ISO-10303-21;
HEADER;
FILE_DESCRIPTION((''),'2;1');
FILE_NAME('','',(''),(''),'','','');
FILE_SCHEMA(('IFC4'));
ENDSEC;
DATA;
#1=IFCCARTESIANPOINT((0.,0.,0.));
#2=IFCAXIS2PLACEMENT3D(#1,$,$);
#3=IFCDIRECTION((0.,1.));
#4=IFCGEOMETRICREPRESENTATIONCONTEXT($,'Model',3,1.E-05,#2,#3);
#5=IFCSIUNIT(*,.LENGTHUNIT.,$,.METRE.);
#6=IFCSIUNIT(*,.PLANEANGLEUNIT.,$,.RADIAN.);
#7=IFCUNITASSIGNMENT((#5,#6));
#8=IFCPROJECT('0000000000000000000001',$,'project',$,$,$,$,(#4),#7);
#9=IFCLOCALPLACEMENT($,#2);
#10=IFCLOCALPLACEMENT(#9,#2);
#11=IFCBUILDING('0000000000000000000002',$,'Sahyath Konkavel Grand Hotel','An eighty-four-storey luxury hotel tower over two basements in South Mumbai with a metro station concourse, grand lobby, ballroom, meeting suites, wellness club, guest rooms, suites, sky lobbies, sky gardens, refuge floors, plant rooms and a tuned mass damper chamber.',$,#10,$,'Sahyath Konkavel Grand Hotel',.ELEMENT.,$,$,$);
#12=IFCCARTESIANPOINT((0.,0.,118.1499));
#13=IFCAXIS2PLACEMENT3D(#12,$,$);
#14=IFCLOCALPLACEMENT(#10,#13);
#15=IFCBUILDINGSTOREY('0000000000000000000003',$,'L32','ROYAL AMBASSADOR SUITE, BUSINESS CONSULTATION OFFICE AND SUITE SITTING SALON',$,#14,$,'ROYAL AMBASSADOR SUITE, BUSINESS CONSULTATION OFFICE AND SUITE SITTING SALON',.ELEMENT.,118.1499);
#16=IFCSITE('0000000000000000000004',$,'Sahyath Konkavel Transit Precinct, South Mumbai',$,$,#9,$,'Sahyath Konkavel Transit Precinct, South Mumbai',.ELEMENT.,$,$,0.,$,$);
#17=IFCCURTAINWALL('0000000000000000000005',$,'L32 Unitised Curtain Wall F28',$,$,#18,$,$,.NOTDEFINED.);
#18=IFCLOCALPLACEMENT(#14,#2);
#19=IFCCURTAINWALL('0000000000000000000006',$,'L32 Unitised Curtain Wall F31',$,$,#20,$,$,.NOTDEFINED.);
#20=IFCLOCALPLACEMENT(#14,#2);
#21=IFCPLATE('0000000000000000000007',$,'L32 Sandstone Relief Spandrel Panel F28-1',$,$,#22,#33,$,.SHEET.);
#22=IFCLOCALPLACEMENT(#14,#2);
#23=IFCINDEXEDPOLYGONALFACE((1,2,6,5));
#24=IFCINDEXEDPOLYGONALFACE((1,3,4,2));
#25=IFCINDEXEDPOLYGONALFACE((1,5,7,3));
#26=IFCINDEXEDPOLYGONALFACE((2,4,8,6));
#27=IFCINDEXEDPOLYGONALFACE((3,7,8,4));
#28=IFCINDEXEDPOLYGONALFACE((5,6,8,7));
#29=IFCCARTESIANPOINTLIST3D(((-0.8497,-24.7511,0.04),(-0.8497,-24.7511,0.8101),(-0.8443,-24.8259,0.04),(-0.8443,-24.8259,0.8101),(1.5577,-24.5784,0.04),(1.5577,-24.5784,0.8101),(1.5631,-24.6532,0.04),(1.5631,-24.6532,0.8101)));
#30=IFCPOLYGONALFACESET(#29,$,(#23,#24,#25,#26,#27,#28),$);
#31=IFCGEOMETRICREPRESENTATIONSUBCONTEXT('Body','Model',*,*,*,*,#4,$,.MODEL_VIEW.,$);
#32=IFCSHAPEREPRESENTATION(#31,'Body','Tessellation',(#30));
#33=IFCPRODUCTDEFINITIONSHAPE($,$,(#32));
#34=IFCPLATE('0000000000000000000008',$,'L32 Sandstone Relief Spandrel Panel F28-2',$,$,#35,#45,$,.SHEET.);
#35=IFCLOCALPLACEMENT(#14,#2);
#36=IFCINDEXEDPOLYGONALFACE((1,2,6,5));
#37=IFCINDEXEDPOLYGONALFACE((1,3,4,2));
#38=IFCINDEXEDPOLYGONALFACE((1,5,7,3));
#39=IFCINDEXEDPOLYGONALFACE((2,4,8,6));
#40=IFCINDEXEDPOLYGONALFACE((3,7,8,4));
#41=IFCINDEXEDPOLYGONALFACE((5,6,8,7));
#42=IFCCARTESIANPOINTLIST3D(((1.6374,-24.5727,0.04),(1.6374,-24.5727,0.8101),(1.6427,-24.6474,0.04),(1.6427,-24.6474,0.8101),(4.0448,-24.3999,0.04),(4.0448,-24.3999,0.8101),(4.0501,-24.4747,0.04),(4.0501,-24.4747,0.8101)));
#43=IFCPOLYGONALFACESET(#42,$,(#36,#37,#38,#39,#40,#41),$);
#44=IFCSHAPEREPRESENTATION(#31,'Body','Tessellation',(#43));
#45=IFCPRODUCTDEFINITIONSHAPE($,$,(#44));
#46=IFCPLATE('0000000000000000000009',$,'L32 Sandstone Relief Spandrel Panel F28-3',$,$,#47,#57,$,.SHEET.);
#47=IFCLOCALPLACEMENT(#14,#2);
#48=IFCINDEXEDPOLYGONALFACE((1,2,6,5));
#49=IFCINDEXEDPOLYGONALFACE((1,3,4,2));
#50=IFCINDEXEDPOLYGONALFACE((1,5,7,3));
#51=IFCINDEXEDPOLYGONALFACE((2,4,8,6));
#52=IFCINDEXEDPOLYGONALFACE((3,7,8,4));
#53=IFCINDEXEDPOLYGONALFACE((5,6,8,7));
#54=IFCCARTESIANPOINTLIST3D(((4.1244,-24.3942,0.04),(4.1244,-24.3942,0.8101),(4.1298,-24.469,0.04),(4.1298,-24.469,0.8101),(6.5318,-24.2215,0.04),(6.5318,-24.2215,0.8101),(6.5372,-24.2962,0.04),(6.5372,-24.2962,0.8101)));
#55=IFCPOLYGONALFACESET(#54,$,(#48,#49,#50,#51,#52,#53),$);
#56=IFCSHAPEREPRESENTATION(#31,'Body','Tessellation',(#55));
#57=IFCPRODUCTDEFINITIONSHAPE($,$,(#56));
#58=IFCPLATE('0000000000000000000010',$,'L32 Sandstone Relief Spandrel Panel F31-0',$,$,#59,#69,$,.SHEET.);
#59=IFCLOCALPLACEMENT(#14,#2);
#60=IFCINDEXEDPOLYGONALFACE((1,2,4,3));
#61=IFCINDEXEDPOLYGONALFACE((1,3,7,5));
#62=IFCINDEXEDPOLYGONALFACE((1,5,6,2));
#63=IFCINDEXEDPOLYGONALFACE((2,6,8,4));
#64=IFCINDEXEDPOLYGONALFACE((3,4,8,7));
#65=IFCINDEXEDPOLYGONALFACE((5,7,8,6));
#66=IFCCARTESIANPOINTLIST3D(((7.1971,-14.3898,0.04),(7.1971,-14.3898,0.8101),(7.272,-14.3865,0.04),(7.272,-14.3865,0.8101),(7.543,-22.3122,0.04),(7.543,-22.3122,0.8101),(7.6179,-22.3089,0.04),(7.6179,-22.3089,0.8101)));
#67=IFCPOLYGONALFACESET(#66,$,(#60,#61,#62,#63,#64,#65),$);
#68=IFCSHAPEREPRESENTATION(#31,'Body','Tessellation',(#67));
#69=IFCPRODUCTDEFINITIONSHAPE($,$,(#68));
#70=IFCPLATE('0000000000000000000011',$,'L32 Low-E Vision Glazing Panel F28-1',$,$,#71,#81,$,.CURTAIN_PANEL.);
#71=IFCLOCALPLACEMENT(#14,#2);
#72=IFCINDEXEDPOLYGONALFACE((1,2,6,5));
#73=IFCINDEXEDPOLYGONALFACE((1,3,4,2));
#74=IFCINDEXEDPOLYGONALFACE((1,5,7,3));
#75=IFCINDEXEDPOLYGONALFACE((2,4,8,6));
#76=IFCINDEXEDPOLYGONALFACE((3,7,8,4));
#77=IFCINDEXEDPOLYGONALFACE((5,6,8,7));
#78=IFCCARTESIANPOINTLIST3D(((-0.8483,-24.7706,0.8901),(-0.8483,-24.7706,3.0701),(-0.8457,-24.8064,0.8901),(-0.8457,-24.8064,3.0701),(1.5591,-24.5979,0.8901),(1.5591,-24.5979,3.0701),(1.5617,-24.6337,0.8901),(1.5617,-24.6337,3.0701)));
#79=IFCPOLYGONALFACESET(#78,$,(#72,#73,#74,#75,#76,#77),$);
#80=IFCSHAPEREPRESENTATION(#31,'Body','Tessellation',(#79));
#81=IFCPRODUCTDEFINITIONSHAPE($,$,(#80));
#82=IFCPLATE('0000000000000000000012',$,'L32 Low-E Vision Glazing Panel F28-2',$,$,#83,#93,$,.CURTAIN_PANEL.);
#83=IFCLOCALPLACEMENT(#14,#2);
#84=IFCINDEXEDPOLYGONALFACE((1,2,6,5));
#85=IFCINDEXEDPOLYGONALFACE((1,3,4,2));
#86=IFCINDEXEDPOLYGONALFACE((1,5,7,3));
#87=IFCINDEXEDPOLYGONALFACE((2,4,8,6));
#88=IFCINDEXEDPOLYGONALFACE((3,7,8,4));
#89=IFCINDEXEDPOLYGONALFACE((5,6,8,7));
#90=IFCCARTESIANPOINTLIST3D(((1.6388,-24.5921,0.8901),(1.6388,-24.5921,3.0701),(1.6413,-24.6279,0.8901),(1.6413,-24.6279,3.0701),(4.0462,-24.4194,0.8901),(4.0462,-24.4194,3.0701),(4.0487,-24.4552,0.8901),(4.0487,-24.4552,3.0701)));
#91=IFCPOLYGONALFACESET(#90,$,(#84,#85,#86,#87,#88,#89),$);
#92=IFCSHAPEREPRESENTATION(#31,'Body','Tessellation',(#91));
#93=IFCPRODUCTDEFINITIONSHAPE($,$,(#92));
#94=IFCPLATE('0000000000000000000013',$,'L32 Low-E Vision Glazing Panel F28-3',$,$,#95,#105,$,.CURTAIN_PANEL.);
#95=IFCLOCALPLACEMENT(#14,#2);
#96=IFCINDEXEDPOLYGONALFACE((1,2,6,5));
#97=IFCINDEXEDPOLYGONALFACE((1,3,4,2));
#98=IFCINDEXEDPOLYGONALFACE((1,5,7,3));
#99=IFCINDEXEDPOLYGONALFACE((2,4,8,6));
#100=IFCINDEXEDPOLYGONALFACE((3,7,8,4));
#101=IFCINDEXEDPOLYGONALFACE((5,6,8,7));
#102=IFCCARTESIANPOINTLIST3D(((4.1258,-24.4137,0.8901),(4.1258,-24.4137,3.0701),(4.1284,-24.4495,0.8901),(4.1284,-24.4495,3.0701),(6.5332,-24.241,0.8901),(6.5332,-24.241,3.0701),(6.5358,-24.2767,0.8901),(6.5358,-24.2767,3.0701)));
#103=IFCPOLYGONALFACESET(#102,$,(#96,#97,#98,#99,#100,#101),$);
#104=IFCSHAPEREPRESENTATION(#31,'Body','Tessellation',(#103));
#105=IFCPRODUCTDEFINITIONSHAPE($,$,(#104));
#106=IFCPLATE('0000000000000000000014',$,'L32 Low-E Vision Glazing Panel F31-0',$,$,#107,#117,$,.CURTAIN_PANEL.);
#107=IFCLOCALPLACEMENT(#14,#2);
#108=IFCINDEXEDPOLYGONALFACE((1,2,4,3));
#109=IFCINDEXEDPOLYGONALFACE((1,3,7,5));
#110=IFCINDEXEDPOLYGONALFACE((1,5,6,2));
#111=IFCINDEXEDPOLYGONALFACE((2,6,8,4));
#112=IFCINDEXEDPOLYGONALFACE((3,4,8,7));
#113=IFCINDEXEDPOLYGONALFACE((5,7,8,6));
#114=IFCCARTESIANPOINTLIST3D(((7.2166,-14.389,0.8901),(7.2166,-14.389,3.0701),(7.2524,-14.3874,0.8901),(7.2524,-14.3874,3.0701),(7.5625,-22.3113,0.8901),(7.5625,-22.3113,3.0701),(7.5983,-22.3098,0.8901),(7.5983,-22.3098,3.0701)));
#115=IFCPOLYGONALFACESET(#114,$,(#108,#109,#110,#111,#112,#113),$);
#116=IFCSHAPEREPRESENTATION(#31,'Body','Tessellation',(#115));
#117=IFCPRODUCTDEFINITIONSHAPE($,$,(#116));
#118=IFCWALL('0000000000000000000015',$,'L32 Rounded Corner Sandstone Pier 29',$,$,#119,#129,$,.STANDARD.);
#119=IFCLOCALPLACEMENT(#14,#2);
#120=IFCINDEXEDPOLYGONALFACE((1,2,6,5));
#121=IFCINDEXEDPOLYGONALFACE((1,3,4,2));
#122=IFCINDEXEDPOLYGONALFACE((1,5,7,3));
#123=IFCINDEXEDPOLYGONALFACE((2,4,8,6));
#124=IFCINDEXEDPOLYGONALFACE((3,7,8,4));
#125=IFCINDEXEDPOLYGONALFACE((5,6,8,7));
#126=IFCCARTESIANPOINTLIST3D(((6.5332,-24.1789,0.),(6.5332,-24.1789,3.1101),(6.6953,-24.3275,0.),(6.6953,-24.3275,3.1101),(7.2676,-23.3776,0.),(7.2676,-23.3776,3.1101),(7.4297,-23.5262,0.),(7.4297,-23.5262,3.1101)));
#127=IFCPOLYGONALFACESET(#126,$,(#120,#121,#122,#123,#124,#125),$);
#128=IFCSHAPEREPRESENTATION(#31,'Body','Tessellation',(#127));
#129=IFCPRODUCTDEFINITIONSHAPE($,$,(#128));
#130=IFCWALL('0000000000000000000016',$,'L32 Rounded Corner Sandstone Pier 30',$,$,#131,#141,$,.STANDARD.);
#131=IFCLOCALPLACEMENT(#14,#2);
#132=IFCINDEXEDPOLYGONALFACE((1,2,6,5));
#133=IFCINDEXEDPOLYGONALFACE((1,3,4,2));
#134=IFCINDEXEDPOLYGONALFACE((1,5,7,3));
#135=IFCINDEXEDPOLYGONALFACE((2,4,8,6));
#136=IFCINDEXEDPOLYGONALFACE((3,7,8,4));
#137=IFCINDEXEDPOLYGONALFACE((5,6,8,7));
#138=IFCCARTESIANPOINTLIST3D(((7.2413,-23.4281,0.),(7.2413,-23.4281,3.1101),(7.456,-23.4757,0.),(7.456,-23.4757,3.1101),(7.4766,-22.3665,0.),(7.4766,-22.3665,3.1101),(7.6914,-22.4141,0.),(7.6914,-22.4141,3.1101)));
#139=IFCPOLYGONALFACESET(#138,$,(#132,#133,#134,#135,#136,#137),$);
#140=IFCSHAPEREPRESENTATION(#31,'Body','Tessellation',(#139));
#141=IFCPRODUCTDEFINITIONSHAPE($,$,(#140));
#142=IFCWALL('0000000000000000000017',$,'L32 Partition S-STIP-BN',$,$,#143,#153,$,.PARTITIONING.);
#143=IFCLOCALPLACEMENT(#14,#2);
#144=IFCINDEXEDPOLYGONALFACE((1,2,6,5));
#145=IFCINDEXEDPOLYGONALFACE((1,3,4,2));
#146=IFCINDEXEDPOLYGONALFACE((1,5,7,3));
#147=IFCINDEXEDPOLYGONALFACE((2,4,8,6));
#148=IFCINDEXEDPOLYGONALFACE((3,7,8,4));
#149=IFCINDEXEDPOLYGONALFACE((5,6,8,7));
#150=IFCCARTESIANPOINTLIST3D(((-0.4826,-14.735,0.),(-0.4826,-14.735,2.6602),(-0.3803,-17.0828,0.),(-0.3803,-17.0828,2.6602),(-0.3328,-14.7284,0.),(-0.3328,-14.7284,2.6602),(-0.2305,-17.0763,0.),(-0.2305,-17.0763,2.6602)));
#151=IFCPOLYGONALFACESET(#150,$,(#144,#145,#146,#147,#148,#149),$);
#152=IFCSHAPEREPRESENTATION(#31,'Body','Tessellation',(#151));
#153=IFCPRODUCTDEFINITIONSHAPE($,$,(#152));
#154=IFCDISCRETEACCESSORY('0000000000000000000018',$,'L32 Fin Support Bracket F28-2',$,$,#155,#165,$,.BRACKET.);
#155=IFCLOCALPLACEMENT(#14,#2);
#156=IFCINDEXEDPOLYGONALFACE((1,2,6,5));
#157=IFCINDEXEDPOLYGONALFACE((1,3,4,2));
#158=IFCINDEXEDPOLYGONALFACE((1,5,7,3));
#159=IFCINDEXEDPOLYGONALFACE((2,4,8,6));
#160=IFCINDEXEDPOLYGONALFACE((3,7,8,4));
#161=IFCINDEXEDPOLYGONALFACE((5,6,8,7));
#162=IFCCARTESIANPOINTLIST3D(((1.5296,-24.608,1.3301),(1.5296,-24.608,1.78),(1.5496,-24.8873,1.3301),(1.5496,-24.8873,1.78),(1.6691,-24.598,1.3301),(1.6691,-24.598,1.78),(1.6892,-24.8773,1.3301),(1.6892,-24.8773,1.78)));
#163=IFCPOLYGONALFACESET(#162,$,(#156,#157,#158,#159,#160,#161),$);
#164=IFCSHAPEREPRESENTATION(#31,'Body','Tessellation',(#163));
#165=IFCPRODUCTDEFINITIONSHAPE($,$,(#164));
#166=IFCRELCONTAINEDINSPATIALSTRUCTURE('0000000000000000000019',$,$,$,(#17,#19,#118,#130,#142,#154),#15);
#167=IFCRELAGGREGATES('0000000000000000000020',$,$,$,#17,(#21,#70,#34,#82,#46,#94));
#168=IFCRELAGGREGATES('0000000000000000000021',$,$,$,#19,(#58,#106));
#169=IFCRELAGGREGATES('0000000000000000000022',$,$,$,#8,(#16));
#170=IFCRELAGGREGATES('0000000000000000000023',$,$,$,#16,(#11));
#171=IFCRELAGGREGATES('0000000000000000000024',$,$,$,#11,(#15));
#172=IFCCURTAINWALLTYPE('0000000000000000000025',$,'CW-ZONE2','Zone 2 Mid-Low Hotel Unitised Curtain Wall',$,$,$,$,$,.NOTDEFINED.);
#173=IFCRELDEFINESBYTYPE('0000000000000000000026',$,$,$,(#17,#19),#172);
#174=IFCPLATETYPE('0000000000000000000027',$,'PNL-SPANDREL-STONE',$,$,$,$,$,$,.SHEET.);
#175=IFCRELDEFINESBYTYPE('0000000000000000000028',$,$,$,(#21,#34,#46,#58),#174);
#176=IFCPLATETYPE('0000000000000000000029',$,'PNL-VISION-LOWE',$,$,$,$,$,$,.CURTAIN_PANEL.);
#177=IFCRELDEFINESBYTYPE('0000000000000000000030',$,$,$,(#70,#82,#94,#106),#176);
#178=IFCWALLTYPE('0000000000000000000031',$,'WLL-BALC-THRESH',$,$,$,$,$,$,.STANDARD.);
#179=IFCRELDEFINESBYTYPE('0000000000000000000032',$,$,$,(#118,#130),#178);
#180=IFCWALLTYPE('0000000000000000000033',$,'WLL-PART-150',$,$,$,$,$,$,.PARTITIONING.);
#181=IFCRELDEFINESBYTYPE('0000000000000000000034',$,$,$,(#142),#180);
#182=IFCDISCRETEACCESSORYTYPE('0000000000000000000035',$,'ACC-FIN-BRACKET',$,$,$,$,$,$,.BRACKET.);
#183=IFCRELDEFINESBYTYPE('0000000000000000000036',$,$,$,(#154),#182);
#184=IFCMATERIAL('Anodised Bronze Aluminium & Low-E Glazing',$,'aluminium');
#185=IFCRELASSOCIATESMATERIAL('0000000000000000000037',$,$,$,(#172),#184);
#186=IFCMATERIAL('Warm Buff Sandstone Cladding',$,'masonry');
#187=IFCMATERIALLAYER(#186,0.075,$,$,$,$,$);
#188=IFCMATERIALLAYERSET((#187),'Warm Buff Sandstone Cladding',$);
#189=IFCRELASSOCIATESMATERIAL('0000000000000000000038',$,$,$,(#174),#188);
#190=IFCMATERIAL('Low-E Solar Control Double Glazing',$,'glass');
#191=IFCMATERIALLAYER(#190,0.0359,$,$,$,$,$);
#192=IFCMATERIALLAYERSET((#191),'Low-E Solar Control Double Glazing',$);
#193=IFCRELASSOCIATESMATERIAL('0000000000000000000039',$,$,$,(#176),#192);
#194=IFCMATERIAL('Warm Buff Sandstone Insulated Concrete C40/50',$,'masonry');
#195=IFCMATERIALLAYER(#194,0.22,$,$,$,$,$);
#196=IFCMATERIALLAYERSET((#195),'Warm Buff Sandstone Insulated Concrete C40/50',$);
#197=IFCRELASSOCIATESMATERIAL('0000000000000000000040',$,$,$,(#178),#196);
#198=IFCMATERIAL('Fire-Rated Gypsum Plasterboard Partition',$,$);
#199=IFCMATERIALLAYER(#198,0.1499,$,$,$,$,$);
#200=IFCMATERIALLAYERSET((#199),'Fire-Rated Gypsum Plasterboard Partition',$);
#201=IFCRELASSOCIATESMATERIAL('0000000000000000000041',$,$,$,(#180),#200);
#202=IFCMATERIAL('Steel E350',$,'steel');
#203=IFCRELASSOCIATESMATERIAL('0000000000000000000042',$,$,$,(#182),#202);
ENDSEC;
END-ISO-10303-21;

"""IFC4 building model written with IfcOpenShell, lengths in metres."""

from ifc_helpers import new_model, si_unit, direction, frame, frame_2d, origin, origin_2d, place, context, subcontext, project, spatial, rectangle, extrude, source, transform, mapped, material, layer, layer_set, type_object, element, aggregate, save


model = new_model("IFC4")

# Units and contexts
model_context = context("Model", 3, precision=1e-05, world=origin(), true_north=direction((0.0, 1.0)))
body_context = subcontext(model_context, "Body", "Model", "MODEL_VIEW")
ifc_project = project(units=[si_unit("LENGTHUNIT", "METRE"), si_unit("PLANEANGLEUNIT", "RADIAN")], contexts=[model_context])

# Site, building, storey
site_placement = place(None, origin())
site = spatial("IfcSite", under=ifc_project, at=site_placement, Name="Sahyath Konkavel Transit Precinct, South Mumbai", LongName="Sahyath Konkavel Transit Precinct, South Mumbai", CompositionType="ELEMENT", RefElevation=0.0)
building_placement = place(site_placement, origin())
building = spatial("IfcBuilding", under=site, at=building_placement, Name="Sahyath Konkavel Grand Hotel", Description="An eighty-four-storey luxury hotel tower over two basements in South Mumbai with a metro station concourse, grand lobby, ballroom, meeting suites, wellness club, guest rooms, suites, sky lobbies, sky gardens, refuge floors, plant rooms and a tuned mass damper chamber.", LongName="Sahyath Konkavel Grand Hotel", CompositionType="ELEMENT")
storey_placement = place(building_placement, frame((0.0, 0.0, 118.1499)))
storey = spatial("IfcBuildingStorey", under=building, at=storey_placement, Name="L32", Description="ROYAL AMBASSADOR SUITE, BUSINESS CONSULTATION OFFICE AND SUITE SITTING SALON", LongName="ROYAL AMBASSADOR SUITE, BUSINESS CONSULTATION OFFICE AND SUITE SITTING SALON", CompositionType="ELEMENT", Elevation=118.1499)

# Curtain wall
ifc_material_1 = material(Name="Anodised Bronze Aluminium & Low-E Glazing", Category="aluminium")
curtain_wall_type = type_object("IfcCurtainWallType", Name="CW-ZONE2", Description="Zone 2 Mid-Low Hotel Unitised Curtain Wall", PredefinedType="NOTDEFINED", material=ifc_material_1)
curtain_wall_1_placement = place(storey_placement, origin())
curtain_wall_1 = element("IfcCurtainWall", 1, at=curtain_wall_1_placement, inside=storey, type_object=curtain_wall_type, Name="L32 Unitised Curtain Wall F28", PredefinedType="NOTDEFINED")

# Curtain wall
curtain_wall_2_placement = place(storey_placement, origin())
curtain_wall_2 = element("IfcCurtainWall", 2, at=curtain_wall_2_placement, inside=storey, type_object=curtain_wall_type, Name="L32 Unitised Curtain Wall F31", PredefinedType="NOTDEFINED")

# Plates
ifc_material_2 = material(Name="Warm Buff Sandstone Cladding", Category="masonry")
ifc_layer_1 = layer(ifc_material_2, 0.075)
ifc_layer_set_1 = layer_set([ifc_layer_1], Name="Warm Buff Sandstone Cladding")
plate_type_1 = type_object("IfcPlateType", Name="PNL-SPANDREL-STONE", PredefinedType="SHEET", material=ifc_layer_set_1)
shared_shape_1 = source(origin(), body_context, "Body", "SweptSolid", [
    extrude(rectangle(XDim=2.4136, YDim=0.075, at=origin_2d()), origin(), (0.0, 0.0, 1.0), 0.77),
])
plate_1_placement = place(storey_placement, frame((0.3567, -24.7021, 0.04), z_axis=(0.0, 0.0, 1.0), x_axis=(0.997436, 0.071567, 0.0)))
plate_1 = element("IfcPlate", 3, at=plate_1_placement, type_object=plate_type_1, Name="L32 Sandstone Relief Spandrel Panel F28-1", PredefinedType="SHEET", context=body_context, shape_type="MappedRepresentation", body=[
    mapped(shared_shape_1, transform((0.0, 0.0, 0.0), scale=1.0)),
])
plate_2_placement = place(storey_placement, frame((2.8438, -24.5237, 0.04), z_axis=(0.0, 0.0, 1.0), x_axis=(0.997436, 0.071567, 0.0)))
plate_2 = element("IfcPlate", 4, at=plate_2_placement, type_object=plate_type_1, Name="L32 Sandstone Relief Spandrel Panel F28-2", PredefinedType="SHEET", context=body_context, shape_type="MappedRepresentation", body=[
    mapped(shared_shape_1, transform((0.0, 0.0, 0.0), scale=1.0)),
])
plate_3_placement = place(storey_placement, frame((5.3308, -24.3452, 0.04), z_axis=(0.0, 0.0, 1.0), x_axis=(0.997436, 0.071567, 0.0)))
plate_3 = element("IfcPlate", 5, at=plate_3_placement, type_object=plate_type_1, Name="L32 Sandstone Relief Spandrel Panel F28-3", PredefinedType="SHEET", context=body_context, shape_type="MappedRepresentation", body=[
    mapped(shared_shape_1, transform((0.0, 0.0, 0.0), scale=1.0)),
])
shared_shape_2 = source(origin(), body_context, "Body", "SweptSolid", [
    extrude(rectangle(XDim=7.9299, YDim=0.075, at=origin_2d()), origin(), (0.0, 0.0, 1.0), 0.77),
])
plate_4_placement = place(storey_placement, frame((7.4075, -18.3494, 0.04), z_axis=(0.0, 0.0, 1.0), x_axis=(-0.043619, 0.999048, 0.0)))
plate_4 = element("IfcPlate", 6, at=plate_4_placement, type_object=plate_type_1, Name="L32 Sandstone Relief Spandrel Panel F31-0", PredefinedType="SHEET", context=body_context, shape_type="MappedRepresentation", body=[
    mapped(shared_shape_2, transform((0.0, 0.0, 0.0), scale=1.0)),
])
ifc_material_3 = material(Name="Low-E Solar Control Double Glazing", Category="glass")
ifc_layer_2 = layer(ifc_material_3, 0.0359)
ifc_layer_set_2 = layer_set([ifc_layer_2], Name="Low-E Solar Control Double Glazing")
plate_type_2 = type_object("IfcPlateType", Name="PNL-VISION-LOWE", PredefinedType="CURTAIN_PANEL", material=ifc_layer_set_2)
shared_shape_3 = source(origin(), body_context, "Body", "SweptSolid", [
    extrude(rectangle(XDim=2.4136, YDim=0.0359, at=origin_2d()), origin(), (0.0, 0.0, 1.0), 2.1799),
])
plate_5_placement = place(storey_placement, frame((0.3567, -24.7021, 0.8901), z_axis=(0.0, 0.0, 1.0), x_axis=(0.997436, 0.071567, 0.0)))
plate_5 = element("IfcPlate", 7, at=plate_5_placement, type_object=plate_type_2, Name="L32 Low-E Vision Glazing Panel F28-1", PredefinedType="CURTAIN_PANEL", context=body_context, shape_type="MappedRepresentation", body=[
    mapped(shared_shape_3, transform((0.0, 0.0, 0.0), scale=1.0)),
])
plate_6_placement = place(storey_placement, frame((2.8438, -24.5237, 0.8901), z_axis=(0.0, 0.0, 1.0), x_axis=(0.997436, 0.071567, 0.0)))
plate_6 = element("IfcPlate", 8, at=plate_6_placement, type_object=plate_type_2, Name="L32 Low-E Vision Glazing Panel F28-2", PredefinedType="CURTAIN_PANEL", context=body_context, shape_type="MappedRepresentation", body=[
    mapped(shared_shape_3, transform((0.0, 0.0, 0.0), scale=1.0)),
])
plate_7_placement = place(storey_placement, frame((5.3308, -24.3452, 0.8901), z_axis=(0.0, 0.0, 1.0), x_axis=(0.997436, 0.071567, 0.0)))
plate_7 = element("IfcPlate", 9, at=plate_7_placement, type_object=plate_type_2, Name="L32 Low-E Vision Glazing Panel F28-3", PredefinedType="CURTAIN_PANEL", context=body_context, shape_type="MappedRepresentation", body=[
    mapped(shared_shape_3, transform((0.0, 0.0, 0.0), scale=1.0)),
])
aggregate(curtain_wall_1, [plate_1, plate_5, plate_2, plate_6, plate_3, plate_7])
shared_shape_4 = source(origin(), body_context, "Body", "SweptSolid", [
    extrude(rectangle(XDim=7.9299, YDim=0.0359, at=origin_2d()), origin(), (0.0, 0.0, 1.0), 2.1799),
])
plate_8_placement = place(storey_placement, frame((7.4075, -18.3494, 0.8901), z_axis=(0.0, 0.0, 1.0), x_axis=(-0.043619, 0.999048, 0.0)))
plate_8 = element("IfcPlate", 10, at=plate_8_placement, type_object=plate_type_2, Name="L32 Low-E Vision Glazing Panel F31-0", PredefinedType="CURTAIN_PANEL", context=body_context, shape_type="MappedRepresentation", body=[
    mapped(shared_shape_4, transform((0.0, 0.0, 0.0), scale=1.0)),
])
aggregate(curtain_wall_2, [plate_4, plate_8])

# Walls
ifc_material_4 = material(Name="Warm Buff Sandstone Insulated Concrete C40/50", Category="masonry")
ifc_layer_3 = layer(ifc_material_4, 0.22)
ifc_layer_set_3 = layer_set([ifc_layer_3], Name="Warm Buff Sandstone Insulated Concrete C40/50")
wall_type_1 = type_object("IfcWallType", Name="WLL-BALC-THRESH", PredefinedType="STANDARD", material=ifc_layer_set_3)
wall_1_placement = place(storey_placement, frame((6.6143, -24.2532, 0.0), z_axis=(0.0, 0.0, 1.0), x_axis=(0.675664, 0.73721, 0.0)))
element("IfcWall", 11, at=wall_1_placement, inside=storey, type_object=wall_type_1, Name="L32 Rounded Corner Sandstone Pier 29", PredefinedType="STANDARD", context=body_context, shape_type="SweptSolid", body=[
    extrude(rectangle(XDim=1.0869, YDim=0.22, at=frame_2d((0.5435, 0.0))), origin(), (0.0, 0.0, 1.0), 3.1101),
])
wall_2_placement = place(storey_placement, frame((7.3486, -23.4519, 0.0), z_axis=(0.0, 0.0, 1.0), x_axis=(0.216455, 0.976293, 0.0)))
element("IfcWall", 12, at=wall_2_placement, inside=storey, type_object=wall_type_1, Name="L32 Rounded Corner Sandstone Pier 30", PredefinedType="STANDARD", context=body_context, shape_type="SweptSolid", body=[
    extrude(rectangle(XDim=1.0874, YDim=0.22, at=frame_2d((0.5437, 0.0))), origin(), (0.0, 0.0, 1.0), 3.1101),
])
ifc_material_5 = material(Name="Fire-Rated Gypsum Plasterboard Partition")
ifc_layer_4 = layer(ifc_material_5, 0.1499)
ifc_layer_set_4 = layer_set([ifc_layer_4], Name="Fire-Rated Gypsum Plasterboard Partition")
wall_type_2 = type_object("IfcWallType", Name="WLL-PART-150", PredefinedType="PARTITIONING", material=ifc_layer_set_4)
wall_3_placement = place(storey_placement, frame((-0.4077, -14.7317, 0.0), z_axis=(0.0, 0.0, 1.0), x_axis=(0.043527, -0.999052, 0.0)))
element("IfcWall", 13, at=wall_3_placement, inside=storey, type_object=wall_type_2, Name="L32 Partition S-STIP-BN", PredefinedType="PARTITIONING", context=body_context, shape_type="SweptSolid", body=[
    extrude(rectangle(XDim=2.3501, YDim=0.1499, at=frame_2d((1.175, 0.0))), origin(), (0.0, 0.0, 1.0), 2.6602),
])

# Discrete accessory
ifc_material_6 = material(Name="Steel E350", Category="steel")
discrete_accessory_type = type_object("IfcDiscreteAccessoryType", Name="ACC-FIN-BRACKET", PredefinedType="BRACKET", material=ifc_material_6)
shared_shape_5 = source(origin(), body_context, "Body", "SweptSolid", [
    extrude(rectangle(XDim=0.28, YDim=0.1399, at=origin_2d()), origin(), (0.0, 0.0, 1.0), 0.45),
])
discrete_accessory_placement = place(storey_placement, frame((1.6094, -24.7427, 1.3301), z_axis=(0.0, 0.0, 1.0), x_axis=(0.071567, -0.997436, 0.0)))
element("IfcDiscreteAccessory", 14, at=discrete_accessory_placement, inside=storey, type_object=discrete_accessory_type, Name="L32 Fin Support Bracket F28-2", PredefinedType="BRACKET", context=body_context, shape_type="MappedRepresentation", body=[
    mapped(shared_shape_5, transform((0.0, 0.0, 0.0), scale=1.0)),
])

save(model, "model.ifc")
